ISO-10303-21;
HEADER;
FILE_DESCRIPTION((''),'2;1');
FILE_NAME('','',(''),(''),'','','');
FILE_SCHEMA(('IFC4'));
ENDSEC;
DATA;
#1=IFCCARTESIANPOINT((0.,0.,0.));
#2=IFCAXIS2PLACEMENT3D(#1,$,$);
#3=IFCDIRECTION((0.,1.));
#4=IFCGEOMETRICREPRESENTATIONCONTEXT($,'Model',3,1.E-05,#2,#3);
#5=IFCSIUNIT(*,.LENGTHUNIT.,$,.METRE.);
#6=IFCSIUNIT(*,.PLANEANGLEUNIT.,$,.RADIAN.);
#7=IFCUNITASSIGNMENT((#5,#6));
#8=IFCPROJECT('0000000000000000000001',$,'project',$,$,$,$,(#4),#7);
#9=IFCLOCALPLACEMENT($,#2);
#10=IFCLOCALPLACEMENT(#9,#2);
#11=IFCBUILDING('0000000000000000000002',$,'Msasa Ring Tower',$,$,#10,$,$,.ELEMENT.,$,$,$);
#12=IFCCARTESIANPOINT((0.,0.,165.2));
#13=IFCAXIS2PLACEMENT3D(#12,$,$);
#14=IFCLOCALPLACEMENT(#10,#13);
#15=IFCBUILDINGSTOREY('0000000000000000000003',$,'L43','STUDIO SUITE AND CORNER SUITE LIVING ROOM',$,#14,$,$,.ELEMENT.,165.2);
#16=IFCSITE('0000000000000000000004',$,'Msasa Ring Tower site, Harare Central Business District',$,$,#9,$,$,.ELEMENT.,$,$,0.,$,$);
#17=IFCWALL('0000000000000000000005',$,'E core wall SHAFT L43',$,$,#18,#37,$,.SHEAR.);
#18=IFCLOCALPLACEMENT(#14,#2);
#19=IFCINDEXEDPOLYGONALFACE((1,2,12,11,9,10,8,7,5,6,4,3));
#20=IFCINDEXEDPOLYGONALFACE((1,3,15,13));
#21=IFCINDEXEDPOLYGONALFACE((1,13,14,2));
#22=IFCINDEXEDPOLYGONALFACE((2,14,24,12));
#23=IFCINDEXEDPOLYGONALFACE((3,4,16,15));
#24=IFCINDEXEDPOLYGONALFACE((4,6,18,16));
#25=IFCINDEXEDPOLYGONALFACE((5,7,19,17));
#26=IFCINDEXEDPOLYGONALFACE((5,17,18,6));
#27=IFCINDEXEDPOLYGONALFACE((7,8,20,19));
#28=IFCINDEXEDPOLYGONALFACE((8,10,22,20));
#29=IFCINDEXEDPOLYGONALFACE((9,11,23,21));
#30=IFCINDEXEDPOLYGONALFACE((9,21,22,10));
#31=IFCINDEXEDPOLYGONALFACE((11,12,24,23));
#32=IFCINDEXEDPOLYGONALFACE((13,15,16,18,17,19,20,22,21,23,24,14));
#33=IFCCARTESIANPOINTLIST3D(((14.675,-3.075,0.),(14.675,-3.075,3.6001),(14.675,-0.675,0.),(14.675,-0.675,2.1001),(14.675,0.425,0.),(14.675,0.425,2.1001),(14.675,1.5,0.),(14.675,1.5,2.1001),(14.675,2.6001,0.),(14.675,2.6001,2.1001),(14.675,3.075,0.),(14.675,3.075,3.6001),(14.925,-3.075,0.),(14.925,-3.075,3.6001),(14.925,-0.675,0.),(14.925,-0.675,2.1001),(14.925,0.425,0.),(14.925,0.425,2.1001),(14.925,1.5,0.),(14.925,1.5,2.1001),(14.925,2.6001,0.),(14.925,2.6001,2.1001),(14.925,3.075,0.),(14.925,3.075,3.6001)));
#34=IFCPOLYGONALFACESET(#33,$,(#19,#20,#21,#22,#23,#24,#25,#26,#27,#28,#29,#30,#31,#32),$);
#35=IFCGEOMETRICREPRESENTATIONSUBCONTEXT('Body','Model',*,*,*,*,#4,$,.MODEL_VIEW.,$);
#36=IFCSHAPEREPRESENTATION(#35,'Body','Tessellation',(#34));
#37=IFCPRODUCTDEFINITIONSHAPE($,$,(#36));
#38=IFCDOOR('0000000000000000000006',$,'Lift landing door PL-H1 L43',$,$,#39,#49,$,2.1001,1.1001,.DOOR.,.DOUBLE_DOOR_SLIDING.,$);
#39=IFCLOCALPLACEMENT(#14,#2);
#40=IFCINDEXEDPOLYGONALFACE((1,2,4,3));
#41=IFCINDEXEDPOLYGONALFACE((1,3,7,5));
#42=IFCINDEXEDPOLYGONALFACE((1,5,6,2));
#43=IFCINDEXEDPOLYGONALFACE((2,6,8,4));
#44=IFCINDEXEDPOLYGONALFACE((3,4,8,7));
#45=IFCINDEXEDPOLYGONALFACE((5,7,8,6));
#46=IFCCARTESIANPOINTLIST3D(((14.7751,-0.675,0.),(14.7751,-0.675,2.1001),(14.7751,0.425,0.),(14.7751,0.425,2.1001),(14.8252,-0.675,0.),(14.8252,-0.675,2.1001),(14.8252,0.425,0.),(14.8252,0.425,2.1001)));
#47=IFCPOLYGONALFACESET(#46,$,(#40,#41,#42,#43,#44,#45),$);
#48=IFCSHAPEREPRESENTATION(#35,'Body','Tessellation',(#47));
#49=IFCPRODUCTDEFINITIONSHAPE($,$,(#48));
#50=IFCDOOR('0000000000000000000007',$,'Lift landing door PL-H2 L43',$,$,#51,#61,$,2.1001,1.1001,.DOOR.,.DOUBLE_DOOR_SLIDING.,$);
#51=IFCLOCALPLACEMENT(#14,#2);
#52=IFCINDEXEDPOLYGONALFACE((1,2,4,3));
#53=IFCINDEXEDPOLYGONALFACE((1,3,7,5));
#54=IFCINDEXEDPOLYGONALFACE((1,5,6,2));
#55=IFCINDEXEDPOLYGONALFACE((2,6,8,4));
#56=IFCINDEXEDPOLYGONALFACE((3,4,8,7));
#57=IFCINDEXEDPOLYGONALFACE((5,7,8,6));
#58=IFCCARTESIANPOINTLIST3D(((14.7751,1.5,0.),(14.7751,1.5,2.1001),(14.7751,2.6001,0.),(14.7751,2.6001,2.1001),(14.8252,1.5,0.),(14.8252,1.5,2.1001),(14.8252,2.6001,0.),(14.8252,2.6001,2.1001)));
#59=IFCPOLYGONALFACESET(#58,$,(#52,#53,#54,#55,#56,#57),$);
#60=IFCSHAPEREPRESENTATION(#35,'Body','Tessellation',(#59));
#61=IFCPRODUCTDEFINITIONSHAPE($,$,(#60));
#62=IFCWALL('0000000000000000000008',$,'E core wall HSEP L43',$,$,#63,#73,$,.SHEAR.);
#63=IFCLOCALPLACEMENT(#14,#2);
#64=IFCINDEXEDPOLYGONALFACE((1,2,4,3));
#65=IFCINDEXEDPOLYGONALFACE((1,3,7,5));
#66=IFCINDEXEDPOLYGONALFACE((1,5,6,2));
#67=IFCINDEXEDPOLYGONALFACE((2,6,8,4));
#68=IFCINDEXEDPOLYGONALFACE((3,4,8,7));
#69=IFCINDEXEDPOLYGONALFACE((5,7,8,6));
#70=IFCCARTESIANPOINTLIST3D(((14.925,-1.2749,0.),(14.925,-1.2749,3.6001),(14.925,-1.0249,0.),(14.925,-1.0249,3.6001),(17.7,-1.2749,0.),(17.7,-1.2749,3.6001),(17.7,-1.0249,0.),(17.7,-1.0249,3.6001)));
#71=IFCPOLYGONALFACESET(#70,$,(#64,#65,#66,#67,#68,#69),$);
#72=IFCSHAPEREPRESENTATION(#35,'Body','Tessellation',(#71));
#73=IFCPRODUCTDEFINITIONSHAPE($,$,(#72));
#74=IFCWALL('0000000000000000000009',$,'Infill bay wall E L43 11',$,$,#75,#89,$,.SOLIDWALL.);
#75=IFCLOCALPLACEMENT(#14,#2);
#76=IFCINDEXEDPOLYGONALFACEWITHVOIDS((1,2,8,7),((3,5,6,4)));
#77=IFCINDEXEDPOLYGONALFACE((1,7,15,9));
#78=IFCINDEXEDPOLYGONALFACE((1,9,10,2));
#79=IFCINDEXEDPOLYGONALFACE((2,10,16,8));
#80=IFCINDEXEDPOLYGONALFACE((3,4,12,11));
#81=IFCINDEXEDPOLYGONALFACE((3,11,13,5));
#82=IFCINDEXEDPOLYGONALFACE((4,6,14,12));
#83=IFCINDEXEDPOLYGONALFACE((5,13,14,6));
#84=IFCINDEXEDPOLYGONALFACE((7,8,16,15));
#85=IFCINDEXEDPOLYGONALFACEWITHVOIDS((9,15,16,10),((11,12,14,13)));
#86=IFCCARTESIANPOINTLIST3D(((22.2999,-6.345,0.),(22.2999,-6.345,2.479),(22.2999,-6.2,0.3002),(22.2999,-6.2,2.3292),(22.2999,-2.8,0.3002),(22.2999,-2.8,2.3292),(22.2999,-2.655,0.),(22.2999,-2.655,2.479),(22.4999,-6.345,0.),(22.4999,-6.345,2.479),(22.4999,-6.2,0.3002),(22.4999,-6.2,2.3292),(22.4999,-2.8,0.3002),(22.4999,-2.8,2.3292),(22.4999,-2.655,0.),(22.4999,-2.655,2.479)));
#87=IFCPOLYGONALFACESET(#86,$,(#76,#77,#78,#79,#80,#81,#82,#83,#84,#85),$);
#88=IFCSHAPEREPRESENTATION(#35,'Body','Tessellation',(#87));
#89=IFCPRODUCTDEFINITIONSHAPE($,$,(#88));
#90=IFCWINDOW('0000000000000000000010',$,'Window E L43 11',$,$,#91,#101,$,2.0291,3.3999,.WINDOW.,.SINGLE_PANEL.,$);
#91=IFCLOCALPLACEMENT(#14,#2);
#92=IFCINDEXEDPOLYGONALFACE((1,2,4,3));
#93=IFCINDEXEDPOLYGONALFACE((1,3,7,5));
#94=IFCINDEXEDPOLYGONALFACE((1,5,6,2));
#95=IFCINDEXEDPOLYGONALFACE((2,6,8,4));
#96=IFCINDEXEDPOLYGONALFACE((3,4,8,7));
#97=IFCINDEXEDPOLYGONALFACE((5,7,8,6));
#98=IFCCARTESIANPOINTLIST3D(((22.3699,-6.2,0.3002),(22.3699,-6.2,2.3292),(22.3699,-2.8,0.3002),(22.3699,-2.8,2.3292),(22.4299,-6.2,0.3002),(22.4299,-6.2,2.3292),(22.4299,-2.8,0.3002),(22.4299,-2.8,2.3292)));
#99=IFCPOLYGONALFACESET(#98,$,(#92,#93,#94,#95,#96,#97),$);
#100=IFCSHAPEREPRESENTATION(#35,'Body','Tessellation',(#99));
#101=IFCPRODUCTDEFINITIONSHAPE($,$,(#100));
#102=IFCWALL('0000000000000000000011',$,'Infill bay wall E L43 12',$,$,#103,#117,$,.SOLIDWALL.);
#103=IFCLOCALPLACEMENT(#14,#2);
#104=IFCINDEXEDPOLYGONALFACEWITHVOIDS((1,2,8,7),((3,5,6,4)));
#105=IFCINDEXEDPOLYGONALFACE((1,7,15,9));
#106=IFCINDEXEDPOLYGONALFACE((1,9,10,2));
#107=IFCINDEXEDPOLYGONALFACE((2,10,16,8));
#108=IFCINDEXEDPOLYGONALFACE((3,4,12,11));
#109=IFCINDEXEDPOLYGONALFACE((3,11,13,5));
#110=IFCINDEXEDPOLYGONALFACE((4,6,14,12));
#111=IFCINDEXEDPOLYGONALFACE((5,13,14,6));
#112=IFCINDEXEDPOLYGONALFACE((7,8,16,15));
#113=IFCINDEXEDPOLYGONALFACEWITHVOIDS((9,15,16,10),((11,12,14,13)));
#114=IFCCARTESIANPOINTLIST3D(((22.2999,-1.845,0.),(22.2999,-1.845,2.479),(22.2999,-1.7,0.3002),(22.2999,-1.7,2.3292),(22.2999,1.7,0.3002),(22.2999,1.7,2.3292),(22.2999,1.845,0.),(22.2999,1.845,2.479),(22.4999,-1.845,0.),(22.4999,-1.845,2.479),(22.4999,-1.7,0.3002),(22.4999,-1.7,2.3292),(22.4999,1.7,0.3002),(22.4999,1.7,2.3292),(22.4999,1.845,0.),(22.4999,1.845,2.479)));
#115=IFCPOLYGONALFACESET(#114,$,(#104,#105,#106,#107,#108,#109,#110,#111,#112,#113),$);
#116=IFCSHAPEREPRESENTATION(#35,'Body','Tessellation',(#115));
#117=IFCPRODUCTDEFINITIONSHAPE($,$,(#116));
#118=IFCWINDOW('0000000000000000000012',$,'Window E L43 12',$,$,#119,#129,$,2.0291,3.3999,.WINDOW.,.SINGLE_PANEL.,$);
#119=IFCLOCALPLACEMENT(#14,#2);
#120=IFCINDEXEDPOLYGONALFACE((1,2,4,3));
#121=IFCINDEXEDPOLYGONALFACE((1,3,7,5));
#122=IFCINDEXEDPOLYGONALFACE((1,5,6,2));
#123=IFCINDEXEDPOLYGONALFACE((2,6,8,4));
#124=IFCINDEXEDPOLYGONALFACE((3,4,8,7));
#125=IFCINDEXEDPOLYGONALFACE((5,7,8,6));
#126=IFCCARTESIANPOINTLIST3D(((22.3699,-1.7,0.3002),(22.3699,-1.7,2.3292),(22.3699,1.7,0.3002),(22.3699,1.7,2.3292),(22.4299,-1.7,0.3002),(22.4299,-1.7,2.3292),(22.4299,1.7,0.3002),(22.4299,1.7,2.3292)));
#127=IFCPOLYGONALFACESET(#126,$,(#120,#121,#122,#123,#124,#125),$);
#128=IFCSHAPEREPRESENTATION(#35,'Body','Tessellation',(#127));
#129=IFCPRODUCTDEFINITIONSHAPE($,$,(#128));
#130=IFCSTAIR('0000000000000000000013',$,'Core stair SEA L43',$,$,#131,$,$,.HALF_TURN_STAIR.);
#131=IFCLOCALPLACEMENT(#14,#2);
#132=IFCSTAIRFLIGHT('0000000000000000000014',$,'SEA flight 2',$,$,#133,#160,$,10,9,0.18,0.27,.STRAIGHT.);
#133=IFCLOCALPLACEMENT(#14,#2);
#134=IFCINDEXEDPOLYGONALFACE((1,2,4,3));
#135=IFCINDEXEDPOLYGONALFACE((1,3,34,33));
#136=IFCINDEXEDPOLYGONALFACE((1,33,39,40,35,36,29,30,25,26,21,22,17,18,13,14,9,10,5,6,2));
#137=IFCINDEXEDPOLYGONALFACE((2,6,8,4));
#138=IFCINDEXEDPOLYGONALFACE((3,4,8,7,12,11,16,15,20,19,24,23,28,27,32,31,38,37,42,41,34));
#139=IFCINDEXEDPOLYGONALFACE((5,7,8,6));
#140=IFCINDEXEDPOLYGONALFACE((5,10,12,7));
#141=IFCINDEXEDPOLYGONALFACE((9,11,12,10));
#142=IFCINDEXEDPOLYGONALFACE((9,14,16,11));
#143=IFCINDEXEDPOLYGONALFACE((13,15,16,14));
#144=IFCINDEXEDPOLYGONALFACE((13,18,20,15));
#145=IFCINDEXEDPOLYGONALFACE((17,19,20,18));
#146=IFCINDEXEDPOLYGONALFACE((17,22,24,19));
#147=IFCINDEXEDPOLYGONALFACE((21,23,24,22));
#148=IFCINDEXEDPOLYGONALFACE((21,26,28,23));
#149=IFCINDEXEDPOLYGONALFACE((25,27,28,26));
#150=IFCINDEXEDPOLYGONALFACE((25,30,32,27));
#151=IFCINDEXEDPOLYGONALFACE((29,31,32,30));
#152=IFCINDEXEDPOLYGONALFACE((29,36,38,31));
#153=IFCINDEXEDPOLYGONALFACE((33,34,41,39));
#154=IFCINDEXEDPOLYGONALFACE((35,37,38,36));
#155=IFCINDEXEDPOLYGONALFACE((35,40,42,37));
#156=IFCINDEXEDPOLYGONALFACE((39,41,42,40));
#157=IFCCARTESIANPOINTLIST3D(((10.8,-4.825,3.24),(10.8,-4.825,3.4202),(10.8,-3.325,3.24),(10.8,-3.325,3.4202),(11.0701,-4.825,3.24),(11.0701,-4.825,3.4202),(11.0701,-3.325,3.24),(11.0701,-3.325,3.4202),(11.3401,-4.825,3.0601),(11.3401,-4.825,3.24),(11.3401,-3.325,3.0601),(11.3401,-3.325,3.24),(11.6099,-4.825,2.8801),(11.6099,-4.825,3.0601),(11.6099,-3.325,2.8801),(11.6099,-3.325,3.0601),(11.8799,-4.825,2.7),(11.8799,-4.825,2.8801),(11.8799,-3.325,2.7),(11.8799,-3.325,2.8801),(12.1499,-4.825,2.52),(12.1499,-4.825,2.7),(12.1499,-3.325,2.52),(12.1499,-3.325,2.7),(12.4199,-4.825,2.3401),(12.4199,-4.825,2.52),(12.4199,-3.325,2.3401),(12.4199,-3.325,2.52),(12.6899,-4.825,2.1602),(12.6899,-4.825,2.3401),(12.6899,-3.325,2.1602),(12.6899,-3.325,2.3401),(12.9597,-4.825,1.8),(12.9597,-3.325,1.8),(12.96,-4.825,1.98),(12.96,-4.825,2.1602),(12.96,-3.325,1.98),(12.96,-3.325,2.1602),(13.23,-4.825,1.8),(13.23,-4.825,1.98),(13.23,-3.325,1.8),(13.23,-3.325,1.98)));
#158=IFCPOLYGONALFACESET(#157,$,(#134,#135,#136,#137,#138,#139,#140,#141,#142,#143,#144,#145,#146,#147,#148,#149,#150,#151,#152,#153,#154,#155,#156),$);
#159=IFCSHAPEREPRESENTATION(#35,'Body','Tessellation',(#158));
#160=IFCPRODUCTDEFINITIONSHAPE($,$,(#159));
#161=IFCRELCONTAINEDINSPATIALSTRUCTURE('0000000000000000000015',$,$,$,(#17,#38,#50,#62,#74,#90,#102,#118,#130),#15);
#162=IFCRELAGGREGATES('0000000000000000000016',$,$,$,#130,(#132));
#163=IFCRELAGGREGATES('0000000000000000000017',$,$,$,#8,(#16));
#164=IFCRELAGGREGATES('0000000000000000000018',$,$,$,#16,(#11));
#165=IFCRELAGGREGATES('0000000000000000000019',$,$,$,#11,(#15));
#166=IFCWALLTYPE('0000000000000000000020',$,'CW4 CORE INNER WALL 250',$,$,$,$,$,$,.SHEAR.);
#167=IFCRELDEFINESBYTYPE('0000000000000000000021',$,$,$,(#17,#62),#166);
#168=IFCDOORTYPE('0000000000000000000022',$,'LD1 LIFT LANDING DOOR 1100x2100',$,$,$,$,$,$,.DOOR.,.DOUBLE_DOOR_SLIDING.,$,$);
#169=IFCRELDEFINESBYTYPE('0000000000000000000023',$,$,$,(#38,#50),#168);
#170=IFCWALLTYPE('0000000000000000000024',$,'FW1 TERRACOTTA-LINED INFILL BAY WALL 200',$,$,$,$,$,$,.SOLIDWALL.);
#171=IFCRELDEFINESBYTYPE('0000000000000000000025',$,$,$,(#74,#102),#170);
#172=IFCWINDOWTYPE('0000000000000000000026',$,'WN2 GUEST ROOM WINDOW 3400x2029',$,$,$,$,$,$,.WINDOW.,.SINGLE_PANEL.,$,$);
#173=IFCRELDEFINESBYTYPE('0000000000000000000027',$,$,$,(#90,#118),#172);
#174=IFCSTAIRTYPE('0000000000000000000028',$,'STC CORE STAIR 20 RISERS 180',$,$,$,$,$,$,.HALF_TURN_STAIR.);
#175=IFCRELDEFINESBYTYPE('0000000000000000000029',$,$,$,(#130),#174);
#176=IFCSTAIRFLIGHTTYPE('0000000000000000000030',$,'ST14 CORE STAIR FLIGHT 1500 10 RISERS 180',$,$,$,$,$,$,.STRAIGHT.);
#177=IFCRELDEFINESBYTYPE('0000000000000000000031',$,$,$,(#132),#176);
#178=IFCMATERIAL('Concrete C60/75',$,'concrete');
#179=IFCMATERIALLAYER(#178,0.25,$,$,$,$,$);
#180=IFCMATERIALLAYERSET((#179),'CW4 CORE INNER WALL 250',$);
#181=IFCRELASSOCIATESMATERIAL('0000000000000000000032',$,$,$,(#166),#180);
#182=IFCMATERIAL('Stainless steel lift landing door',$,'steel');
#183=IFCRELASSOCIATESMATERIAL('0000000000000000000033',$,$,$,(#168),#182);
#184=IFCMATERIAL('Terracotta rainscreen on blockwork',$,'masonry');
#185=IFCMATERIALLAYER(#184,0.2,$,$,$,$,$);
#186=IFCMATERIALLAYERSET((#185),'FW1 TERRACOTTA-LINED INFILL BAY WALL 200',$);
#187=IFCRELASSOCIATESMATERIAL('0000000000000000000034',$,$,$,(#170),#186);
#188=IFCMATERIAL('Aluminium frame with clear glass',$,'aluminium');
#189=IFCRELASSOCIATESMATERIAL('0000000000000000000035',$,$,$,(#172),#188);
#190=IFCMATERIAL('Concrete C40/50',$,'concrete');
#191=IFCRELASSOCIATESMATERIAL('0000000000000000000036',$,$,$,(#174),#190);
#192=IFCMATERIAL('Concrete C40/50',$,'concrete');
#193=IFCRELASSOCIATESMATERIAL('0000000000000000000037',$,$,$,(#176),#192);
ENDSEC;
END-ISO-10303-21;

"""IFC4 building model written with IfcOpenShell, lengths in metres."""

from ifc_helpers import new_model, si_unit, direction, frame, frame_2d, origin, place, context, subcontext, project, spatial, polyline, rectangle, outline, extrude, material, layer, layer_set, type_object, element, fill, aggregate, save


model = new_model("IFC4")

# Units and contexts
model_context = context("Model", 3, precision=1e-05, world=origin(), true_north=direction((0.0, 1.0)))
body_context = subcontext(model_context, "Body", "Model", "MODEL_VIEW")
ifc_project = project(units=[si_unit("LENGTHUNIT", "METRE"), si_unit("PLANEANGLEUNIT", "RADIAN")], contexts=[model_context])

# Site, building, storey
site_placement = place(None, origin())
site = spatial("IfcSite", under=ifc_project, at=site_placement, Name="Msasa Ring Tower site, Harare Central Business District", CompositionType="ELEMENT", RefElevation=0.0)
building_placement = place(site_placement, origin())
building = spatial("IfcBuilding", under=site, at=building_placement, Name="Msasa Ring Tower", CompositionType="ELEMENT")
storey_placement = place(building_placement, frame((0.0, 0.0, 165.2)))
storey = spatial("IfcBuildingStorey", under=building, at=storey_placement, Name="L43", Description="STUDIO SUITE AND CORNER SUITE LIVING ROOM", CompositionType="ELEMENT", Elevation=165.2)

# Shared definitions
ifc_material_1 = material(Name="Concrete C60/75", Category="concrete")
ifc_layer_1 = layer(ifc_material_1, 0.25)
ifc_layer_set_1 = layer_set([ifc_layer_1], Name="CW4 CORE INNER WALL 250")
wall_type_1 = type_object("IfcWallType", Name="CW4 CORE INNER WALL 250", PredefinedType="SHEAR", material=ifc_layer_set_1)

# Wall, openings, doors
wall_1_placement = place(storey_placement, frame((14.8, -3.075, 0.0), z_axis=(0.0, 0.0, 1.0), x_axis=(0.0, 1.0, 0.0)))
wall_1 = element("IfcWall", 1, at=wall_1_placement, inside=storey, type_object=wall_type_1, Name="E core wall SHAFT L43", PredefinedType="SHEAR", context=body_context, shape_type="SweptSolid", body=[
    extrude(rectangle(XDim=6.1499, YDim=0.25, at=frame_2d((3.075, 0.0))), origin(), (0.0, 0.0, 1.0), 3.6001),
])
opening_1_placement = place(wall_1_placement, frame((2.3999, 0.0, 0.0)))
opening_1 = element("IfcOpeningElement", 2, at=opening_1_placement, cuts=wall_1, PredefinedType="OPENING", context=body_context, shape_type="SweptSolid", body=[
    extrude(rectangle(XDim=1.1001, YDim=2.1001, at=frame_2d((0.55, 1.05))), frame((0.0, 0.135, 0.0), z_axis=(0.0, -1.0, 0.0), x_axis=(1.0, 0.0, 0.0)), (0.0, 0.0, 1.0), 0.27),
])
opening_2_placement = place(wall_1_placement, frame((4.575, 0.0, 0.0)))
opening_2 = element("IfcOpeningElement", 3, at=opening_2_placement, cuts=wall_1, PredefinedType="OPENING", context=body_context, shape_type="SweptSolid", body=[
    extrude(rectangle(XDim=1.1001, YDim=2.1001, at=frame_2d((0.55, 1.05))), frame((0.0, 0.135, 0.0), z_axis=(0.0, -1.0, 0.0), x_axis=(1.0, 0.0, 0.0)), (0.0, 0.0, 1.0), 0.27),
])
ifc_material_2 = material(Name="Stainless steel lift landing door", Category="steel")
door_type = type_object("IfcDoorType", Name="LD1 LIFT LANDING DOOR 1100x2100", OperationType="DOUBLE_DOOR_SLIDING", PredefinedType="DOOR", material=ifc_material_2)
door_1_placement = place(opening_1_placement, origin())
door_1 = element("IfcDoor", 4, at=door_1_placement, inside=storey, type_object=door_type, Name="Lift landing door PL-H1 L43", OperationType="DOUBLE_DOOR_SLIDING", OverallHeight=2.1001, OverallWidth=1.1001, PredefinedType="DOOR", context=body_context, shape_type="SweptSolid", body=[
    extrude(rectangle(XDim=1.1001, YDim=2.1001, at=frame_2d((0.55, 1.05))), frame((0.0, 0.0249, 0.0), z_axis=(0.0, -1.0, 0.0), x_axis=(1.0, 0.0, 0.0)), (0.0, 0.0, 1.0), 0.05),
])
fill(opening_1, door_1)
door_2_placement = place(opening_2_placement, origin())
door_2 = element("IfcDoor", 5, at=door_2_placement, inside=storey, type_object=door_type, Name="Lift landing door PL-H2 L43", OperationType="DOUBLE_DOOR_SLIDING", OverallHeight=2.1001, OverallWidth=1.1001, PredefinedType="DOOR", context=body_context, shape_type="SweptSolid", body=[
    extrude(rectangle(XDim=1.1001, YDim=2.1001, at=frame_2d((0.55, 1.05))), frame((0.0, 0.0249, 0.0), z_axis=(0.0, -1.0, 0.0), x_axis=(1.0, 0.0, 0.0)), (0.0, 0.0, 1.0), 0.05),
])
fill(opening_2, door_2)

# Wall
wall_2_placement = place(storey_placement, frame((14.925, -1.1499, 0.0), z_axis=(0.0, 0.0, 1.0), x_axis=(1.0, 0.0, 0.0)))
element("IfcWall", 6, at=wall_2_placement, inside=storey, type_object=wall_type_1, Name="E core wall HSEP L43", PredefinedType="SHEAR", context=body_context, shape_type="SweptSolid", body=[
    extrude(rectangle(XDim=2.7749, YDim=0.25, at=frame_2d((1.3875, 0.0))), origin(), (0.0, 0.0, 1.0), 3.6001),
])

# Walls, openings, windows
ifc_material_3 = material(Name="Terracotta rainscreen on blockwork", Category="masonry")
ifc_layer_2 = layer(ifc_material_3, 0.2)
ifc_layer_set_2 = layer_set([ifc_layer_2], Name="FW1 TERRACOTTA-LINED INFILL BAY WALL 200")
wall_type_2 = type_object("IfcWallType", Name="FW1 TERRACOTTA-LINED INFILL BAY WALL 200", PredefinedType="SOLIDWALL", material=ifc_layer_set_2)
wall_3_placement = place(storey_placement, frame((22.3999, -6.345, 0.0), z_axis=(0.0, 0.0, 1.0), x_axis=(0.0, 1.0, 0.0)))
wall_3 = element("IfcWall", 7, at=wall_3_placement, inside=storey, type_object=wall_type_2, Name="Infill bay wall E L43 11", PredefinedType="SOLIDWALL", context=body_context, shape_type="SweptSolid", body=[
    extrude(rectangle(XDim=3.6899, YDim=0.2, at=frame_2d((1.845, 0.0))), origin(), (0.0, 0.0, 1.0), 2.479),
])
opening_3_placement = place(wall_3_placement, frame((0.145, 0.0, 0.3)))
opening_3 = element("IfcOpeningElement", 8, at=opening_3_placement, cuts=wall_3, PredefinedType="OPENING", context=body_context, shape_type="SweptSolid", body=[
    extrude(rectangle(XDim=3.3999, YDim=2.0291, at=frame_2d((1.7, 1.0146))), frame((0.0, 0.1099, 0.0), z_axis=(0.0, -1.0, 0.0), x_axis=(1.0, 0.0, 0.0)), (0.0, 0.0, 1.0), 0.22),
])
ifc_material_4 = material(Name="Aluminium frame with clear glass", Category="aluminium")
window_type = type_object("IfcWindowType", Name="WN2 GUEST ROOM WINDOW 3400x2029", PartitioningType="SINGLE_PANEL", PredefinedType="WINDOW", material=ifc_material_4)
window_1_placement = place(opening_3_placement, origin())
window_1 = element("IfcWindow", 9, at=window_1_placement, inside=storey, type_object=window_type, Name="Window E L43 11", OverallHeight=2.0291, OverallWidth=3.3999, PartitioningType="SINGLE_PANEL", PredefinedType="WINDOW", context=body_context, shape_type="SweptSolid", body=[
    extrude(rectangle(XDim=3.3999, YDim=2.0291, at=frame_2d((1.7, 1.0146))), frame((0.0, 0.03, 0.0), z_axis=(0.0, -1.0, 0.0), x_axis=(1.0, 0.0, 0.0)), (0.0, 0.0, 1.0), 0.0601),
])
fill(opening_3, window_1)
wall_4_placement = place(storey_placement, frame((22.3999, -1.845, 0.0), z_axis=(0.0, 0.0, 1.0), x_axis=(0.0, 1.0, 0.0)))
wall_4 = element("IfcWall", 10, at=wall_4_placement, inside=storey, type_object=wall_type_2, Name="Infill bay wall E L43 12", PredefinedType="SOLIDWALL", context=body_context, shape_type="SweptSolid", body=[
    extrude(rectangle(XDim=3.6899, YDim=0.2, at=frame_2d((1.845, 0.0))), origin(), (0.0, 0.0, 1.0), 2.479),
])
opening_4_placement = place(wall_4_placement, frame((0.145, 0.0, 0.3)))
opening_4 = element("IfcOpeningElement", 11, at=opening_4_placement, cuts=wall_4, PredefinedType="OPENING", context=body_context, shape_type="SweptSolid", body=[
    extrude(rectangle(XDim=3.3999, YDim=2.0291, at=frame_2d((1.7, 1.0146))), frame((0.0, 0.1099, 0.0), z_axis=(0.0, -1.0, 0.0), x_axis=(1.0, 0.0, 0.0)), (0.0, 0.0, 1.0), 0.22),
])
window_2_placement = place(opening_4_placement, origin())
window_2 = element("IfcWindow", 12, at=window_2_placement, inside=storey, type_object=window_type, Name="Window E L43 12", OverallHeight=2.0291, OverallWidth=3.3999, PartitioningType="SINGLE_PANEL", PredefinedType="WINDOW", context=body_context, shape_type="SweptSolid", body=[
    extrude(rectangle(XDim=3.3999, YDim=2.0291, at=frame_2d((1.7, 1.0146))), frame((0.0, 0.03, 0.0), z_axis=(0.0, -1.0, 0.0), x_axis=(1.0, 0.0, 0.0)), (0.0, 0.0, 1.0), 0.0601),
])
fill(opening_4, window_2)

# Stair, stair flight
ifc_material_5 = material(Name="Concrete C40/50", Category="concrete")
stair_type = type_object("IfcStairType", Name="STC CORE STAIR 20 RISERS 180", PredefinedType="HALF_TURN_STAIR", material=ifc_material_5)
stair_placement = place(storey_placement, origin())
stair = element("IfcStair", 13, at=stair_placement, inside=storey, type_object=stair_type, Name="Core stair SEA L43", PredefinedType="HALF_TURN_STAIR")
ifc_material_6 = material(Name="Concrete C40/50", Category="concrete")
stair_flight_type = type_object("IfcStairFlightType", Name="ST14 CORE STAIR FLIGHT 1500 10 RISERS 180", PredefinedType="STRAIGHT", material=ifc_material_6)
stair_flight_placement = place(storey_placement, frame((13.23, -4.075, 1.8), z_axis=(0.0, 0.0, 1.0), x_axis=(-1.0, 0.0, 0.0)))
stair_flight = element("IfcStairFlight", 14, at=stair_flight_placement, type_object=stair_flight_type, Name="SEA flight 2", NumberOfRisers=10, NumberOfTreads=9, PredefinedType="STRAIGHT", RiserHeight=0.18, TreadLength=0.27, context=body_context, shape_type="SweptSolid", body=[
    extrude(outline(polyline([(0.0, 0.0), (0.0, 0.1799), (0.27, 0.1799), (0.27, 0.3601), (0.54, 0.3601), (0.54, 0.54), (0.8101, 0.54), (0.8101, 0.72), (1.0801, 0.72), (1.0801, 0.8999), (1.3501, 0.8999), (1.3501, 1.0801), (1.6201, 1.0801), (1.6201, 1.26), (1.8899, 1.26), (1.8899, 1.4399), (2.1599, 1.4399), (2.1599, 1.6201), (2.4299, 1.6201), (2.4299, 1.8), (2.4299, 1.4399), (0.2703, 0.0), (0.0, 0.0)])), frame((0.0, 0.75, 0.0), z_axis=(0.0, -1.0, 0.0), x_axis=(1.0, 0.0, 0.0)), (0.0, 0.0, 1.0), 1.5),
])
aggregate(stair, [stair_flight])

save(model, "model.ifc")
